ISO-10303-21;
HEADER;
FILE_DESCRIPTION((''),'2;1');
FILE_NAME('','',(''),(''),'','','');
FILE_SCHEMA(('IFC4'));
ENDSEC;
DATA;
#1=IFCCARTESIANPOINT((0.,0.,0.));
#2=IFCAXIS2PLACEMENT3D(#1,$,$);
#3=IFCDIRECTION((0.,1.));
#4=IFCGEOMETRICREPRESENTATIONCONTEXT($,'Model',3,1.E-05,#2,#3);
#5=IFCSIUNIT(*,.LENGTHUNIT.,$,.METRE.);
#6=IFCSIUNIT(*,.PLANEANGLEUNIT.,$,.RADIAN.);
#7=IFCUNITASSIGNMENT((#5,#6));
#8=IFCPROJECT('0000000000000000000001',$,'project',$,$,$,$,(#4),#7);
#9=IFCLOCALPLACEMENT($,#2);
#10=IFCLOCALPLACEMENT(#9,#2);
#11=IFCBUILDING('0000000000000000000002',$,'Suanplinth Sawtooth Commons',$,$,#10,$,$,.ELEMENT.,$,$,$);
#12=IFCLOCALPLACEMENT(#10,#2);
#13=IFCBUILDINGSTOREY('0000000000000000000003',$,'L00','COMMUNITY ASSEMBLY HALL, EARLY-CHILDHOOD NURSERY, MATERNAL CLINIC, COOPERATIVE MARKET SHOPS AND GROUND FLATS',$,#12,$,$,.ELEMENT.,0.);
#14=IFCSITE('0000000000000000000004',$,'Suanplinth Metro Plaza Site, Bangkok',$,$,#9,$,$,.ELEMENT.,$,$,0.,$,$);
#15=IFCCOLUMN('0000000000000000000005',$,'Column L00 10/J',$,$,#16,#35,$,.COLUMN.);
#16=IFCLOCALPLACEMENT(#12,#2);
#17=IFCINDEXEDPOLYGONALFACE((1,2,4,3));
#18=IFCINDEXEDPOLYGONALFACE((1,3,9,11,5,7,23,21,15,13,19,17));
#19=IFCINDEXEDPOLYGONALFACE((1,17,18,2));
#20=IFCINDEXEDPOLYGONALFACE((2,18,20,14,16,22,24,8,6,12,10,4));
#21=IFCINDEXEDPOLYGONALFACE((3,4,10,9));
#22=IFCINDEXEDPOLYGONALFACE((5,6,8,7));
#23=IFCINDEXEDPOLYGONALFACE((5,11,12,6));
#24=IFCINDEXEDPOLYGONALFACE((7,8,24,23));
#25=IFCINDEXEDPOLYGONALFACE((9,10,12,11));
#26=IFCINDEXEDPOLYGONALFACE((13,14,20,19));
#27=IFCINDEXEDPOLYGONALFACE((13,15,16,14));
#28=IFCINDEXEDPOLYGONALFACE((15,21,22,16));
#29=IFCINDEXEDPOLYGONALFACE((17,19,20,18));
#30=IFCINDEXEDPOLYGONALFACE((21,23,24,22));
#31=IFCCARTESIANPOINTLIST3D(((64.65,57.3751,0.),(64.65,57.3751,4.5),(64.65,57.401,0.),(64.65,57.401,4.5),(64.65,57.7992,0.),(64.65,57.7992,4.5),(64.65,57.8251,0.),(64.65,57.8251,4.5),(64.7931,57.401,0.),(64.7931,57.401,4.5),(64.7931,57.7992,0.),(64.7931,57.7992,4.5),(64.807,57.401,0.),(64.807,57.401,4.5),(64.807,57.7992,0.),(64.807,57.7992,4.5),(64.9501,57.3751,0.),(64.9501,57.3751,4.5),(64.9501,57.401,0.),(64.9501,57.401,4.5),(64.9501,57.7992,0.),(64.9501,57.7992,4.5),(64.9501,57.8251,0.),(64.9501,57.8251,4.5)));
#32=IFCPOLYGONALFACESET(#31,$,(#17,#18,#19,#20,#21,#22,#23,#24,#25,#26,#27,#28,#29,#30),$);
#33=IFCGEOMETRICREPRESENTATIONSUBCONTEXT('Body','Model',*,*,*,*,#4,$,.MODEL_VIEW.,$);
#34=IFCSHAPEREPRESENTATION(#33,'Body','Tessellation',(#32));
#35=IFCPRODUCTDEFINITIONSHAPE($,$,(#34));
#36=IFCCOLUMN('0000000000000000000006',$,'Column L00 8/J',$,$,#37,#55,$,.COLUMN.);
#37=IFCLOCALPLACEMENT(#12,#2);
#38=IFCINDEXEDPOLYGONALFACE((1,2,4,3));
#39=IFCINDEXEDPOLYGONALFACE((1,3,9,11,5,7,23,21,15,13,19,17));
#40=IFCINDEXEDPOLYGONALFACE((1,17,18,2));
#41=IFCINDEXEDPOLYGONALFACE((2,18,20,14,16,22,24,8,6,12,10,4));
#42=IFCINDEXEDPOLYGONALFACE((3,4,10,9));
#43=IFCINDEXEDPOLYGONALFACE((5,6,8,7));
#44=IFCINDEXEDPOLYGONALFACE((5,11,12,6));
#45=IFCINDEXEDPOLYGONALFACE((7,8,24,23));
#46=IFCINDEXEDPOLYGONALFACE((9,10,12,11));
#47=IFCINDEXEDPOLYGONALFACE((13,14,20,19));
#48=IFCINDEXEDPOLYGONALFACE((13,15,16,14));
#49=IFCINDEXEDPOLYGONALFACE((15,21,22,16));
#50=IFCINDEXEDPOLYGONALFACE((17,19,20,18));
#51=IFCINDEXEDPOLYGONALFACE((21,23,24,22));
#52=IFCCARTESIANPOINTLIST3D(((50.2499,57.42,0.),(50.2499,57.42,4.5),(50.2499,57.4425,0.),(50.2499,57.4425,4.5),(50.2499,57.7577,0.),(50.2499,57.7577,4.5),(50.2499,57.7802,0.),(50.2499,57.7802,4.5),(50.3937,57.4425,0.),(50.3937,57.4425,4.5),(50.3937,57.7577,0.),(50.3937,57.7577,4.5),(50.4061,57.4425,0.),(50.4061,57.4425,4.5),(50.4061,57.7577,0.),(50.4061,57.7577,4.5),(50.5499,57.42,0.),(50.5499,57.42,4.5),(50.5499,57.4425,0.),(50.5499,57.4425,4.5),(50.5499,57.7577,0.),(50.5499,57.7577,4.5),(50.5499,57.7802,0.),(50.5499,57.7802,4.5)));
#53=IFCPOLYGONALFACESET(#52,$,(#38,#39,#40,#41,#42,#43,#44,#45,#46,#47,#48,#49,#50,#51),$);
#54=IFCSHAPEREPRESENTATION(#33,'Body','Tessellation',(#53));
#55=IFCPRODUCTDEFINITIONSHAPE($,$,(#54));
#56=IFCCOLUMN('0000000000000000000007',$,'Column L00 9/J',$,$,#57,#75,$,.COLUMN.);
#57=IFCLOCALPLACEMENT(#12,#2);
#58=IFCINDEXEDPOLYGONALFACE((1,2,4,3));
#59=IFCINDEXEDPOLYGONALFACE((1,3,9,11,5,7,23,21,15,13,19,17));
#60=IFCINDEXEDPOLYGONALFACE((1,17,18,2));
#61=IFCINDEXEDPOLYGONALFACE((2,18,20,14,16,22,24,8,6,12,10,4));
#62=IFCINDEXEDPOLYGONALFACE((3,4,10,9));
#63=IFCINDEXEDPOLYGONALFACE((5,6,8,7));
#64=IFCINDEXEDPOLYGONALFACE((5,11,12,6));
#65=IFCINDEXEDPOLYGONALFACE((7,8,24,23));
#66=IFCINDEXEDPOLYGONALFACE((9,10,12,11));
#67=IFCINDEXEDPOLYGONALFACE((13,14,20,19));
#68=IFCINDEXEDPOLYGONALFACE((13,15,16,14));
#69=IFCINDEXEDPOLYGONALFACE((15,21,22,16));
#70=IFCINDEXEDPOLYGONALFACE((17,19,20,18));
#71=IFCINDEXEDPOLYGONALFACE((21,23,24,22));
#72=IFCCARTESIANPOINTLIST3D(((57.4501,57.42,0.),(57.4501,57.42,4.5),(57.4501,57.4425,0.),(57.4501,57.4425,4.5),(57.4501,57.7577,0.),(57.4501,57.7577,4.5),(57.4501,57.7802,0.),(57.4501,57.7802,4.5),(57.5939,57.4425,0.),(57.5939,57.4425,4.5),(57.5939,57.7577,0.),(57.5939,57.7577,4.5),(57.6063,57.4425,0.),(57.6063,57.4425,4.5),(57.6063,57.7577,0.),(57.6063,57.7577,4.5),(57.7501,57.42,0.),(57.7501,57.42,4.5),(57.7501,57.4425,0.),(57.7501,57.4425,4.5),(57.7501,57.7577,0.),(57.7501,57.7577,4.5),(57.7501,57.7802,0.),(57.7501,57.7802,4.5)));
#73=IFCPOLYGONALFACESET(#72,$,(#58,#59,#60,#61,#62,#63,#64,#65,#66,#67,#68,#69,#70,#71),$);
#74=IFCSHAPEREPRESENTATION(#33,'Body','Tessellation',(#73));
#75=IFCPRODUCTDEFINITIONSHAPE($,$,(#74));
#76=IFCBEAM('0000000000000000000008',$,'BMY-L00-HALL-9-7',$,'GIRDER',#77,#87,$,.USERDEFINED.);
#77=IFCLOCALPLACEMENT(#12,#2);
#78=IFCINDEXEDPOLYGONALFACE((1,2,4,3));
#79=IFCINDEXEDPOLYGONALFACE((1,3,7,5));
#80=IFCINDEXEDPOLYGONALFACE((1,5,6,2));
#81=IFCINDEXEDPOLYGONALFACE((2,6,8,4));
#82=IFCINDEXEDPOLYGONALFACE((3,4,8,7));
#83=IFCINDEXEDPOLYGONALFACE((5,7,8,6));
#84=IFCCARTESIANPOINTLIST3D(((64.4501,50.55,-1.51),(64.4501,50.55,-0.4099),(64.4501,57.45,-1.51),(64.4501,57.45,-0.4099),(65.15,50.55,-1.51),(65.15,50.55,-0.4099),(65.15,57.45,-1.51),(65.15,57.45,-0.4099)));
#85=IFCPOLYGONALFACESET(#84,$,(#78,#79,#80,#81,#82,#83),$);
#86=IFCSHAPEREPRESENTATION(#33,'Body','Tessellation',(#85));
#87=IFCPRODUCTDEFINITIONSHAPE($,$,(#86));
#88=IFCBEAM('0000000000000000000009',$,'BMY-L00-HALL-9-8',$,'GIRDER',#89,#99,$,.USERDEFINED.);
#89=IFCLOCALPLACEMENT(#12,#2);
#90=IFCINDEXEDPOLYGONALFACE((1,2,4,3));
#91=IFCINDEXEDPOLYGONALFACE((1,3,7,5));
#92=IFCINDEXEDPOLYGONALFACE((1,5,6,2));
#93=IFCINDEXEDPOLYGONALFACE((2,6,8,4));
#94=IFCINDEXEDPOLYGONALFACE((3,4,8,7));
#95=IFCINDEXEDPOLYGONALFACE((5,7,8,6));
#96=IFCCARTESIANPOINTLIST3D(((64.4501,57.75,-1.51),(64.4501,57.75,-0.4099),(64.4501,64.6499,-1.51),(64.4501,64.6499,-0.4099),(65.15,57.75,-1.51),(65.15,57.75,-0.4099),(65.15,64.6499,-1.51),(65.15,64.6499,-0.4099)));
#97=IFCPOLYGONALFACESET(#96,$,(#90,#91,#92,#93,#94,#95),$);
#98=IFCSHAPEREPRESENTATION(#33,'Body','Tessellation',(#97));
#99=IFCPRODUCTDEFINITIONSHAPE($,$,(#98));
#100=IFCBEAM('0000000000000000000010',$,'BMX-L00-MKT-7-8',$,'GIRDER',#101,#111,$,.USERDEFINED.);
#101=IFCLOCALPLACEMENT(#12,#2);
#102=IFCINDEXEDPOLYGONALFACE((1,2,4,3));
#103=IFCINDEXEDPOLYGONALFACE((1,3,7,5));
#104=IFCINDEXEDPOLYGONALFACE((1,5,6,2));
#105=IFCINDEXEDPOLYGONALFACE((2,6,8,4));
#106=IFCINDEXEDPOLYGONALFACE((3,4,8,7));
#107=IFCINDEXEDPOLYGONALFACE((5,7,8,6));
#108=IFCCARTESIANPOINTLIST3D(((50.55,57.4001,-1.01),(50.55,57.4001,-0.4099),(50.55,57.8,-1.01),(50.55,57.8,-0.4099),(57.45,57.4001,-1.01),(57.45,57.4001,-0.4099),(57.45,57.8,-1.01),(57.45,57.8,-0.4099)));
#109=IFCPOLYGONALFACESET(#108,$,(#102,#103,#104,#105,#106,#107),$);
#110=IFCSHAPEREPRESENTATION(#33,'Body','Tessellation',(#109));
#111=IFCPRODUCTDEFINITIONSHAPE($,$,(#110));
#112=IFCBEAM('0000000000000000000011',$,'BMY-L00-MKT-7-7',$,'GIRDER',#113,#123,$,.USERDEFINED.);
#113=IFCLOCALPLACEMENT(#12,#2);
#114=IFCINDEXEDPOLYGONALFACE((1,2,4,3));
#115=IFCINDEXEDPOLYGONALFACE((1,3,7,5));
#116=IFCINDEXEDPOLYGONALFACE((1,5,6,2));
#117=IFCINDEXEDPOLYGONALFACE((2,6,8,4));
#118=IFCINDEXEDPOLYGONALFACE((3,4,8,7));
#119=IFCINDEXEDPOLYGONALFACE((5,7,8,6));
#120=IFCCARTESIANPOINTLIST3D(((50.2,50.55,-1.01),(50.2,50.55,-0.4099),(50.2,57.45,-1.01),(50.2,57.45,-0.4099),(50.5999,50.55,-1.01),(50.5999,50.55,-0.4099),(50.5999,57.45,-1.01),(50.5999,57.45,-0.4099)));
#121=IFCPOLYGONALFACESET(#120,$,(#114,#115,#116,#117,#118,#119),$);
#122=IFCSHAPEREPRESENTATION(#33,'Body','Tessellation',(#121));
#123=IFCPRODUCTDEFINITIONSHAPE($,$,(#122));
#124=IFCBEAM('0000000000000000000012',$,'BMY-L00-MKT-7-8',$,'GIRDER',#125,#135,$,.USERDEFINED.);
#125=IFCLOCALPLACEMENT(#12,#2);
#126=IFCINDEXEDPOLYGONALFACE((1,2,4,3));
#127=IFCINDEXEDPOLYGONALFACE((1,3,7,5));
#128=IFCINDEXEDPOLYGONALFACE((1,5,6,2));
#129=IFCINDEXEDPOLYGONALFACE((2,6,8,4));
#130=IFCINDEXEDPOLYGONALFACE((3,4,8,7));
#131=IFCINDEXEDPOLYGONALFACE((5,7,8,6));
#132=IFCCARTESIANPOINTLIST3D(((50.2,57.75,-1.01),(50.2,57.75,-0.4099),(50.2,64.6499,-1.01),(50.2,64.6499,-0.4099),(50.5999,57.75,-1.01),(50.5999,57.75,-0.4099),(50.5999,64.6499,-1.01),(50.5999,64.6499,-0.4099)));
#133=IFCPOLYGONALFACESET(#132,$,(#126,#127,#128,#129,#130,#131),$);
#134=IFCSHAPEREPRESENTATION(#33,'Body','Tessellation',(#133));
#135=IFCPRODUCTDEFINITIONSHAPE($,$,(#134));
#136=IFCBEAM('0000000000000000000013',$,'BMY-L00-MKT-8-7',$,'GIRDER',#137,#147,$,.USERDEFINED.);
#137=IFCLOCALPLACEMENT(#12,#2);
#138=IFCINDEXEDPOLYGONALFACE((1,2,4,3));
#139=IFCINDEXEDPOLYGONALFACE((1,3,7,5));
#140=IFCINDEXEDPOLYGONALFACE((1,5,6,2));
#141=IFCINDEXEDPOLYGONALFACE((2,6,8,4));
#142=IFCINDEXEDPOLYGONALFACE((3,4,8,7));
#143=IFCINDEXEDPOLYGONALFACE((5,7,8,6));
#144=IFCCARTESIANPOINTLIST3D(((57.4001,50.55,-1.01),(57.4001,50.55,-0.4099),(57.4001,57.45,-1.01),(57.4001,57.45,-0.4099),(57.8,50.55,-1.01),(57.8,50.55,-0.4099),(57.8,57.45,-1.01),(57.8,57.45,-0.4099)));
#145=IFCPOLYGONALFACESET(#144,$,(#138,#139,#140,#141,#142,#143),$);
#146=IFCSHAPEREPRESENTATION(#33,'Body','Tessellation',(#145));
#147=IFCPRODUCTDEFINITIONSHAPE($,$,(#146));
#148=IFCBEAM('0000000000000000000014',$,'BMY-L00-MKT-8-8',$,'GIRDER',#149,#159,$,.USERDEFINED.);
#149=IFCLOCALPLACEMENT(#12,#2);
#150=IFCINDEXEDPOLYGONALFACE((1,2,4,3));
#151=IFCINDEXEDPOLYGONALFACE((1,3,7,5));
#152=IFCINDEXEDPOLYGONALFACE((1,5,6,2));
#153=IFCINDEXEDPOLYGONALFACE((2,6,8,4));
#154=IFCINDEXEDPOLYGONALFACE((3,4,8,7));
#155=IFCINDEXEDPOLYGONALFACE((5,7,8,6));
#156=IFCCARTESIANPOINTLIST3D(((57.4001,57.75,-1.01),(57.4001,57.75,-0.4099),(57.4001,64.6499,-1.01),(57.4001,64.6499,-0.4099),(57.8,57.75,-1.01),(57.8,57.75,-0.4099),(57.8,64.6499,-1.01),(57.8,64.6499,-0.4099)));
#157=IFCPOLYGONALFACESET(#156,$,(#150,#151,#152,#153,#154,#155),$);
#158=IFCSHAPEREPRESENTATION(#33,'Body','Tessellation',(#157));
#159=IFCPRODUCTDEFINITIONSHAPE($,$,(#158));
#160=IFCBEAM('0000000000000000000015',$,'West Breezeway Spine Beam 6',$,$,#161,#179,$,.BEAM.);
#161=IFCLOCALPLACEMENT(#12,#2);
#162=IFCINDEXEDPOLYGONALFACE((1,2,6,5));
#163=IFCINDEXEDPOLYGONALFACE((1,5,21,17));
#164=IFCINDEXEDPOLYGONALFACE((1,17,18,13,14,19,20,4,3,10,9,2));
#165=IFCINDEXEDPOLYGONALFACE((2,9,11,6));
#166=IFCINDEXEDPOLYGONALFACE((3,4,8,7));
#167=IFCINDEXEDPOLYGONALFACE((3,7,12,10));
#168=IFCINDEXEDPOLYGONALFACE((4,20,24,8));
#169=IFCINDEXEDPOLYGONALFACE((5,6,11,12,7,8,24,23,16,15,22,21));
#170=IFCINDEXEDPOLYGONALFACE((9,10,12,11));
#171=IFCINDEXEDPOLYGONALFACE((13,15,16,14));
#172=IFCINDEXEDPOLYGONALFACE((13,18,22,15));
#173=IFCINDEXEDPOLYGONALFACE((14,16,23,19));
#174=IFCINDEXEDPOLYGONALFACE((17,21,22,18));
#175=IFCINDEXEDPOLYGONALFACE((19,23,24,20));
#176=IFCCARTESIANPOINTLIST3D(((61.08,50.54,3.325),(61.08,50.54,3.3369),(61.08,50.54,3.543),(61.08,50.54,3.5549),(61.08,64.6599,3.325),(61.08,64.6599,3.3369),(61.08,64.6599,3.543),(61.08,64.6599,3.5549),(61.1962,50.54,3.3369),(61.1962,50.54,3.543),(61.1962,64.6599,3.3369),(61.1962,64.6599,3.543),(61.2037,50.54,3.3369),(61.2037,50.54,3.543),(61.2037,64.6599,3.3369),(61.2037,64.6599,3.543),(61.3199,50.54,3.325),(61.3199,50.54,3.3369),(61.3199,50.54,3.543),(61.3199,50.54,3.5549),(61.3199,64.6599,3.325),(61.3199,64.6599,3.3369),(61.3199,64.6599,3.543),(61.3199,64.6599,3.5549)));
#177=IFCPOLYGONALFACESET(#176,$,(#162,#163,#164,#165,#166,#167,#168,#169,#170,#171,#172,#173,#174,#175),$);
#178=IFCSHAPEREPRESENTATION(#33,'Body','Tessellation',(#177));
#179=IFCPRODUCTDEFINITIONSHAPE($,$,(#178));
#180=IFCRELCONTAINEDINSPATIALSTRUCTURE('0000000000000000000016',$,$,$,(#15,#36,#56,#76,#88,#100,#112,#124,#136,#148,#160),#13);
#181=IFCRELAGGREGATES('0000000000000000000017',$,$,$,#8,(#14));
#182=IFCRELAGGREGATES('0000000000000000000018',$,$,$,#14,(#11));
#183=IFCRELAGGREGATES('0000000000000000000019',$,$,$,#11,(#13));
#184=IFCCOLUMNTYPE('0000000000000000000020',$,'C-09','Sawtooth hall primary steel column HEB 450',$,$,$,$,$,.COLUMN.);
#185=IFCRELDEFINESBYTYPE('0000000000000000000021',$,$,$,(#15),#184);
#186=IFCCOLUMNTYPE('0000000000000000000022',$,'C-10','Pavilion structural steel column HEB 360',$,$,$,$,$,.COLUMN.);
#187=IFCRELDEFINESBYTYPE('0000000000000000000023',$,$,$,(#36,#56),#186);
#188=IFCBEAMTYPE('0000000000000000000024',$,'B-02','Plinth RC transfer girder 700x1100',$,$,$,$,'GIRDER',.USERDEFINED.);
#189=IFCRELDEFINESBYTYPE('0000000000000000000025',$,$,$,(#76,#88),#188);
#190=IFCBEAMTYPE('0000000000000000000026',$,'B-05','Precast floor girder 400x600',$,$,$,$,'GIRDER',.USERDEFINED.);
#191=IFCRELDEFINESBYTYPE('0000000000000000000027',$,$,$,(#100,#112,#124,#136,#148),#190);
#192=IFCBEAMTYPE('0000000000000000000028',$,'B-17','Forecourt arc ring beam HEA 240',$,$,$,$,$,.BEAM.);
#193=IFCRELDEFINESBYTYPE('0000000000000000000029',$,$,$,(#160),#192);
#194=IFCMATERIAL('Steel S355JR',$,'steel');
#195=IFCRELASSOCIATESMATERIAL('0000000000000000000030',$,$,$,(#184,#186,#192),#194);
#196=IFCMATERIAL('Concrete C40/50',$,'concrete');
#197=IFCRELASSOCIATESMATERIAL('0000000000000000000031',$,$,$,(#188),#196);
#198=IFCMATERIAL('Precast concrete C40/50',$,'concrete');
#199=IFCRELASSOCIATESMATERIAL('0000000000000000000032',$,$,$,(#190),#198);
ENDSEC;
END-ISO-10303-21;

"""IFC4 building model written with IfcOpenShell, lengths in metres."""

from ifc_helpers import new_model, si_unit, direction, frame, origin, origin_2d, place, context, subcontext, project, spatial, rectangle, i_section, extrude, material, material_profile, profile_set, type_object, element, save


model = new_model("IFC4")

# Units and contexts
model_context = context("Model", 3, precision=1e-05, world=origin(), true_north=direction((0.0, 1.0)))
body_context = subcontext(model_context, "Body", "Model", "MODEL_VIEW")
ifc_project = project(units=[si_unit("LENGTHUNIT", "METRE"), si_unit("PLANEANGLEUNIT", "RADIAN")], contexts=[model_context])

# Site, building, storey
site_placement = place(None, origin())
site = spatial("IfcSite", under=ifc_project, at=site_placement, Name="Suanplinth Metro Plaza Site, Bangkok", CompositionType="ELEMENT", RefElevation=0.0)
building_placement = place(site_placement, origin())
building = spatial("IfcBuilding", under=site, at=building_placement, Name="Suanplinth Sawtooth Commons", CompositionType="ELEMENT")
storey_placement = place(building_placement, origin())
storey = spatial("IfcBuildingStorey", under=building, at=storey_placement, Name="L00", Description="COMMUNITY ASSEMBLY HALL, EARLY-CHILDHOOD NURSERY, MATERNAL CLINIC, COOPERATIVE MARKET SHOPS AND GROUND FLATS", CompositionType="ELEMENT", Elevation=0.0)

# Columns
ifc_material_1 = material(Name="Steel S355JR", Category="steel")
ifc_material_profile_1 = material_profile(ifc_material_1, i_section(OverallWidth=0.3, OverallDepth=0.45, WebThickness=0.0139, FlangeThickness=0.0259, at=origin_2d()), Name="HEB 450")
ifc_profile_set_1 = profile_set([ifc_material_profile_1], Name="Steel S355JR")
column_type_1 = type_object("IfcColumnType", Name="C-09", Description="Sawtooth hall primary steel column HEB 450", PredefinedType="COLUMN", material=ifc_profile_set_1)
column_placement = place(storey_placement, frame((64.8, 57.6001, 0.0), z_axis=(0.0, 0.0, 1.0), x_axis=(1.0, 0.0, 0.0)))
element("IfcColumn", 1, at=column_placement, inside=storey, type_object=column_type_1, Name="Column L00 10/J", PredefinedType="COLUMN", context=body_context, shape_type="SweptSolid", body=[
    extrude(i_section(OverallWidth=0.3, OverallDepth=0.45, WebThickness=0.0139, FlangeThickness=0.0259, at=origin_2d()), origin(), (0.0, 0.0, 1.0), 4.5),
])
ifc_material_profile_2 = material_profile(ifc_material_1, i_section(OverallWidth=0.3, OverallDepth=0.3601, WebThickness=0.0125, FlangeThickness=0.0225, at=origin_2d()), Name="HEB 360")
ifc_profile_set_2 = profile_set([ifc_material_profile_2], Name="Steel S355JR")
column_type_2 = type_object("IfcColumnType", Name="C-10", Description="Pavilion structural steel column HEB 360", PredefinedType="COLUMN", material=ifc_profile_set_2)
for number, where, z_axis, x_axis, name in (
    (2, (50.3999, 57.6001, 0.0), (0.0, 0.0, 1.0), (1.0, 0.0, 0.0), "Column L00 8/J"),
    (3, (57.6001, 57.6001, 0.0), (0.0, 0.0, 1.0), (1.0, 0.0, 0.0), "Column L00 9/J"),
):
    element("IfcColumn", number, at=place(storey_placement, frame(where, z_axis=z_axis, x_axis=x_axis)), inside=storey, type_object=column_type_2, Name=name, PredefinedType="COLUMN", context=body_context, shape_type="SweptSolid", body=[
        extrude(i_section(OverallWidth=0.3, OverallDepth=0.3601, WebThickness=0.0125, FlangeThickness=0.0225, at=origin_2d()), origin(), (0.0, 0.0, 1.0), 4.5),
    ])

# Beams
ifc_material_2 = material(Name="Concrete C40/50", Category="concrete")
ifc_material_profile_3 = material_profile(ifc_material_2, rectangle(XDim=0.7, YDim=1.1001, at=origin_2d()), Name="RC-TG 700x1100")
ifc_profile_set_3 = profile_set([ifc_material_profile_3], Name="Concrete C40/50")
beam_type_1 = type_object("IfcBeamType", Name="B-02", Description="Plinth RC transfer girder 700x1100", ElementType="GIRDER", PredefinedType="USERDEFINED", material=ifc_profile_set_3)
for number, where, z_axis, x_axis, name in (
    (4, (64.8, 50.55, -0.96), (0.0, 1.0, 0.0), (-1.0, 0.0, 0.0), "BMY-L00-HALL-9-7"),
    (5, (64.8, 57.75, -0.96), (0.0, 1.0, 0.0), (-1.0, 0.0, 0.0), "BMY-L00-HALL-9-8"),
):
    element("IfcBeam", number, at=place(storey_placement, frame(where, z_axis=z_axis, x_axis=x_axis)), inside=storey, type_object=beam_type_1, Name=name, ObjectType="GIRDER", PredefinedType="USERDEFINED", context=body_context, shape_type="SweptSolid", body=[
        extrude(rectangle(XDim=0.7, YDim=1.1001, at=origin_2d()), origin(), (0.0, 0.0, 1.0), 6.8999),
    ])
ifc_material_3 = material(Name="Precast concrete C40/50", Category="concrete")
ifc_material_profile_4 = material_profile(ifc_material_3, rectangle(XDim=0.3999, YDim=0.6001, at=origin_2d()), Name="PC-GDR 400x600")
ifc_profile_set_4 = profile_set([ifc_material_profile_4], Name="Precast concrete C40/50")
beam_type_2 = type_object("IfcBeamType", Name="B-05", Description="Precast floor girder 400x600", ElementType="GIRDER", PredefinedType="USERDEFINED", material=ifc_profile_set_4)
for number, where, z_axis, x_axis, name in (
    (6, (50.55, 57.6001, -0.71), (1.0, 0.0, 0.0), (0.0, 1.0, 0.0), "BMX-L00-MKT-7-8"),
    (7, (50.3999, 50.55, -0.71), (0.0, 1.0, 0.0), (-1.0, 0.0, 0.0), "BMY-L00-MKT-7-7"),
    (8, (50.3999, 57.75, -0.71), (0.0, 1.0, 0.0), (-1.0, 0.0, 0.0), "BMY-L00-MKT-7-8"),
    (9, (57.6001, 50.55, -0.71), (0.0, 1.0, 0.0), (-1.0, 0.0, 0.0), "BMY-L00-MKT-8-7"),
    (10, (57.6001, 57.75, -0.71), (0.0, 1.0, 0.0), (-1.0, 0.0, 0.0), "BMY-L00-MKT-8-8"),
):
    element("IfcBeam", number, at=place(storey_placement, frame(where, z_axis=z_axis, x_axis=x_axis)), inside=storey, type_object=beam_type_2, Name=name, ObjectType="GIRDER", PredefinedType="USERDEFINED", context=body_context, shape_type="SweptSolid", body=[
        extrude(rectangle(XDim=0.3999, YDim=0.6001, at=origin_2d()), origin(), (0.0, 0.0, 1.0), 6.8999),
    ])
ifc_material_profile_5 = material_profile(ifc_material_1, i_section(OverallWidth=0.24, OverallDepth=0.23, WebThickness=0.0076, FlangeThickness=0.012, at=origin_2d()), Name="HEA 240")
ifc_profile_set_5 = profile_set([ifc_material_profile_5], Name="Steel S355JR")
beam_type_3 = type_object("IfcBeamType", Name="B-17", Description="Forecourt arc ring beam HEA 240", PredefinedType="BEAM", material=ifc_profile_set_5)
beam_placement = place(storey_placement, frame((61.2, 50.54, 3.4399), z_axis=(0.0, 1.0, 0.0), x_axis=(-1.0, 0.0, 0.0)))
element("IfcBeam", 11, at=beam_placement, inside=storey, type_object=beam_type_3, Name="West Breezeway Spine Beam 6", PredefinedType="BEAM", context=body_context, shape_type="SweptSolid", body=[
    extrude(i_section(OverallWidth=0.24, OverallDepth=0.23, WebThickness=0.0076, FlangeThickness=0.012, at=origin_2d()), origin(), (0.0, 0.0, 1.0), 14.1199),
])

save(model, "model.ifc")
